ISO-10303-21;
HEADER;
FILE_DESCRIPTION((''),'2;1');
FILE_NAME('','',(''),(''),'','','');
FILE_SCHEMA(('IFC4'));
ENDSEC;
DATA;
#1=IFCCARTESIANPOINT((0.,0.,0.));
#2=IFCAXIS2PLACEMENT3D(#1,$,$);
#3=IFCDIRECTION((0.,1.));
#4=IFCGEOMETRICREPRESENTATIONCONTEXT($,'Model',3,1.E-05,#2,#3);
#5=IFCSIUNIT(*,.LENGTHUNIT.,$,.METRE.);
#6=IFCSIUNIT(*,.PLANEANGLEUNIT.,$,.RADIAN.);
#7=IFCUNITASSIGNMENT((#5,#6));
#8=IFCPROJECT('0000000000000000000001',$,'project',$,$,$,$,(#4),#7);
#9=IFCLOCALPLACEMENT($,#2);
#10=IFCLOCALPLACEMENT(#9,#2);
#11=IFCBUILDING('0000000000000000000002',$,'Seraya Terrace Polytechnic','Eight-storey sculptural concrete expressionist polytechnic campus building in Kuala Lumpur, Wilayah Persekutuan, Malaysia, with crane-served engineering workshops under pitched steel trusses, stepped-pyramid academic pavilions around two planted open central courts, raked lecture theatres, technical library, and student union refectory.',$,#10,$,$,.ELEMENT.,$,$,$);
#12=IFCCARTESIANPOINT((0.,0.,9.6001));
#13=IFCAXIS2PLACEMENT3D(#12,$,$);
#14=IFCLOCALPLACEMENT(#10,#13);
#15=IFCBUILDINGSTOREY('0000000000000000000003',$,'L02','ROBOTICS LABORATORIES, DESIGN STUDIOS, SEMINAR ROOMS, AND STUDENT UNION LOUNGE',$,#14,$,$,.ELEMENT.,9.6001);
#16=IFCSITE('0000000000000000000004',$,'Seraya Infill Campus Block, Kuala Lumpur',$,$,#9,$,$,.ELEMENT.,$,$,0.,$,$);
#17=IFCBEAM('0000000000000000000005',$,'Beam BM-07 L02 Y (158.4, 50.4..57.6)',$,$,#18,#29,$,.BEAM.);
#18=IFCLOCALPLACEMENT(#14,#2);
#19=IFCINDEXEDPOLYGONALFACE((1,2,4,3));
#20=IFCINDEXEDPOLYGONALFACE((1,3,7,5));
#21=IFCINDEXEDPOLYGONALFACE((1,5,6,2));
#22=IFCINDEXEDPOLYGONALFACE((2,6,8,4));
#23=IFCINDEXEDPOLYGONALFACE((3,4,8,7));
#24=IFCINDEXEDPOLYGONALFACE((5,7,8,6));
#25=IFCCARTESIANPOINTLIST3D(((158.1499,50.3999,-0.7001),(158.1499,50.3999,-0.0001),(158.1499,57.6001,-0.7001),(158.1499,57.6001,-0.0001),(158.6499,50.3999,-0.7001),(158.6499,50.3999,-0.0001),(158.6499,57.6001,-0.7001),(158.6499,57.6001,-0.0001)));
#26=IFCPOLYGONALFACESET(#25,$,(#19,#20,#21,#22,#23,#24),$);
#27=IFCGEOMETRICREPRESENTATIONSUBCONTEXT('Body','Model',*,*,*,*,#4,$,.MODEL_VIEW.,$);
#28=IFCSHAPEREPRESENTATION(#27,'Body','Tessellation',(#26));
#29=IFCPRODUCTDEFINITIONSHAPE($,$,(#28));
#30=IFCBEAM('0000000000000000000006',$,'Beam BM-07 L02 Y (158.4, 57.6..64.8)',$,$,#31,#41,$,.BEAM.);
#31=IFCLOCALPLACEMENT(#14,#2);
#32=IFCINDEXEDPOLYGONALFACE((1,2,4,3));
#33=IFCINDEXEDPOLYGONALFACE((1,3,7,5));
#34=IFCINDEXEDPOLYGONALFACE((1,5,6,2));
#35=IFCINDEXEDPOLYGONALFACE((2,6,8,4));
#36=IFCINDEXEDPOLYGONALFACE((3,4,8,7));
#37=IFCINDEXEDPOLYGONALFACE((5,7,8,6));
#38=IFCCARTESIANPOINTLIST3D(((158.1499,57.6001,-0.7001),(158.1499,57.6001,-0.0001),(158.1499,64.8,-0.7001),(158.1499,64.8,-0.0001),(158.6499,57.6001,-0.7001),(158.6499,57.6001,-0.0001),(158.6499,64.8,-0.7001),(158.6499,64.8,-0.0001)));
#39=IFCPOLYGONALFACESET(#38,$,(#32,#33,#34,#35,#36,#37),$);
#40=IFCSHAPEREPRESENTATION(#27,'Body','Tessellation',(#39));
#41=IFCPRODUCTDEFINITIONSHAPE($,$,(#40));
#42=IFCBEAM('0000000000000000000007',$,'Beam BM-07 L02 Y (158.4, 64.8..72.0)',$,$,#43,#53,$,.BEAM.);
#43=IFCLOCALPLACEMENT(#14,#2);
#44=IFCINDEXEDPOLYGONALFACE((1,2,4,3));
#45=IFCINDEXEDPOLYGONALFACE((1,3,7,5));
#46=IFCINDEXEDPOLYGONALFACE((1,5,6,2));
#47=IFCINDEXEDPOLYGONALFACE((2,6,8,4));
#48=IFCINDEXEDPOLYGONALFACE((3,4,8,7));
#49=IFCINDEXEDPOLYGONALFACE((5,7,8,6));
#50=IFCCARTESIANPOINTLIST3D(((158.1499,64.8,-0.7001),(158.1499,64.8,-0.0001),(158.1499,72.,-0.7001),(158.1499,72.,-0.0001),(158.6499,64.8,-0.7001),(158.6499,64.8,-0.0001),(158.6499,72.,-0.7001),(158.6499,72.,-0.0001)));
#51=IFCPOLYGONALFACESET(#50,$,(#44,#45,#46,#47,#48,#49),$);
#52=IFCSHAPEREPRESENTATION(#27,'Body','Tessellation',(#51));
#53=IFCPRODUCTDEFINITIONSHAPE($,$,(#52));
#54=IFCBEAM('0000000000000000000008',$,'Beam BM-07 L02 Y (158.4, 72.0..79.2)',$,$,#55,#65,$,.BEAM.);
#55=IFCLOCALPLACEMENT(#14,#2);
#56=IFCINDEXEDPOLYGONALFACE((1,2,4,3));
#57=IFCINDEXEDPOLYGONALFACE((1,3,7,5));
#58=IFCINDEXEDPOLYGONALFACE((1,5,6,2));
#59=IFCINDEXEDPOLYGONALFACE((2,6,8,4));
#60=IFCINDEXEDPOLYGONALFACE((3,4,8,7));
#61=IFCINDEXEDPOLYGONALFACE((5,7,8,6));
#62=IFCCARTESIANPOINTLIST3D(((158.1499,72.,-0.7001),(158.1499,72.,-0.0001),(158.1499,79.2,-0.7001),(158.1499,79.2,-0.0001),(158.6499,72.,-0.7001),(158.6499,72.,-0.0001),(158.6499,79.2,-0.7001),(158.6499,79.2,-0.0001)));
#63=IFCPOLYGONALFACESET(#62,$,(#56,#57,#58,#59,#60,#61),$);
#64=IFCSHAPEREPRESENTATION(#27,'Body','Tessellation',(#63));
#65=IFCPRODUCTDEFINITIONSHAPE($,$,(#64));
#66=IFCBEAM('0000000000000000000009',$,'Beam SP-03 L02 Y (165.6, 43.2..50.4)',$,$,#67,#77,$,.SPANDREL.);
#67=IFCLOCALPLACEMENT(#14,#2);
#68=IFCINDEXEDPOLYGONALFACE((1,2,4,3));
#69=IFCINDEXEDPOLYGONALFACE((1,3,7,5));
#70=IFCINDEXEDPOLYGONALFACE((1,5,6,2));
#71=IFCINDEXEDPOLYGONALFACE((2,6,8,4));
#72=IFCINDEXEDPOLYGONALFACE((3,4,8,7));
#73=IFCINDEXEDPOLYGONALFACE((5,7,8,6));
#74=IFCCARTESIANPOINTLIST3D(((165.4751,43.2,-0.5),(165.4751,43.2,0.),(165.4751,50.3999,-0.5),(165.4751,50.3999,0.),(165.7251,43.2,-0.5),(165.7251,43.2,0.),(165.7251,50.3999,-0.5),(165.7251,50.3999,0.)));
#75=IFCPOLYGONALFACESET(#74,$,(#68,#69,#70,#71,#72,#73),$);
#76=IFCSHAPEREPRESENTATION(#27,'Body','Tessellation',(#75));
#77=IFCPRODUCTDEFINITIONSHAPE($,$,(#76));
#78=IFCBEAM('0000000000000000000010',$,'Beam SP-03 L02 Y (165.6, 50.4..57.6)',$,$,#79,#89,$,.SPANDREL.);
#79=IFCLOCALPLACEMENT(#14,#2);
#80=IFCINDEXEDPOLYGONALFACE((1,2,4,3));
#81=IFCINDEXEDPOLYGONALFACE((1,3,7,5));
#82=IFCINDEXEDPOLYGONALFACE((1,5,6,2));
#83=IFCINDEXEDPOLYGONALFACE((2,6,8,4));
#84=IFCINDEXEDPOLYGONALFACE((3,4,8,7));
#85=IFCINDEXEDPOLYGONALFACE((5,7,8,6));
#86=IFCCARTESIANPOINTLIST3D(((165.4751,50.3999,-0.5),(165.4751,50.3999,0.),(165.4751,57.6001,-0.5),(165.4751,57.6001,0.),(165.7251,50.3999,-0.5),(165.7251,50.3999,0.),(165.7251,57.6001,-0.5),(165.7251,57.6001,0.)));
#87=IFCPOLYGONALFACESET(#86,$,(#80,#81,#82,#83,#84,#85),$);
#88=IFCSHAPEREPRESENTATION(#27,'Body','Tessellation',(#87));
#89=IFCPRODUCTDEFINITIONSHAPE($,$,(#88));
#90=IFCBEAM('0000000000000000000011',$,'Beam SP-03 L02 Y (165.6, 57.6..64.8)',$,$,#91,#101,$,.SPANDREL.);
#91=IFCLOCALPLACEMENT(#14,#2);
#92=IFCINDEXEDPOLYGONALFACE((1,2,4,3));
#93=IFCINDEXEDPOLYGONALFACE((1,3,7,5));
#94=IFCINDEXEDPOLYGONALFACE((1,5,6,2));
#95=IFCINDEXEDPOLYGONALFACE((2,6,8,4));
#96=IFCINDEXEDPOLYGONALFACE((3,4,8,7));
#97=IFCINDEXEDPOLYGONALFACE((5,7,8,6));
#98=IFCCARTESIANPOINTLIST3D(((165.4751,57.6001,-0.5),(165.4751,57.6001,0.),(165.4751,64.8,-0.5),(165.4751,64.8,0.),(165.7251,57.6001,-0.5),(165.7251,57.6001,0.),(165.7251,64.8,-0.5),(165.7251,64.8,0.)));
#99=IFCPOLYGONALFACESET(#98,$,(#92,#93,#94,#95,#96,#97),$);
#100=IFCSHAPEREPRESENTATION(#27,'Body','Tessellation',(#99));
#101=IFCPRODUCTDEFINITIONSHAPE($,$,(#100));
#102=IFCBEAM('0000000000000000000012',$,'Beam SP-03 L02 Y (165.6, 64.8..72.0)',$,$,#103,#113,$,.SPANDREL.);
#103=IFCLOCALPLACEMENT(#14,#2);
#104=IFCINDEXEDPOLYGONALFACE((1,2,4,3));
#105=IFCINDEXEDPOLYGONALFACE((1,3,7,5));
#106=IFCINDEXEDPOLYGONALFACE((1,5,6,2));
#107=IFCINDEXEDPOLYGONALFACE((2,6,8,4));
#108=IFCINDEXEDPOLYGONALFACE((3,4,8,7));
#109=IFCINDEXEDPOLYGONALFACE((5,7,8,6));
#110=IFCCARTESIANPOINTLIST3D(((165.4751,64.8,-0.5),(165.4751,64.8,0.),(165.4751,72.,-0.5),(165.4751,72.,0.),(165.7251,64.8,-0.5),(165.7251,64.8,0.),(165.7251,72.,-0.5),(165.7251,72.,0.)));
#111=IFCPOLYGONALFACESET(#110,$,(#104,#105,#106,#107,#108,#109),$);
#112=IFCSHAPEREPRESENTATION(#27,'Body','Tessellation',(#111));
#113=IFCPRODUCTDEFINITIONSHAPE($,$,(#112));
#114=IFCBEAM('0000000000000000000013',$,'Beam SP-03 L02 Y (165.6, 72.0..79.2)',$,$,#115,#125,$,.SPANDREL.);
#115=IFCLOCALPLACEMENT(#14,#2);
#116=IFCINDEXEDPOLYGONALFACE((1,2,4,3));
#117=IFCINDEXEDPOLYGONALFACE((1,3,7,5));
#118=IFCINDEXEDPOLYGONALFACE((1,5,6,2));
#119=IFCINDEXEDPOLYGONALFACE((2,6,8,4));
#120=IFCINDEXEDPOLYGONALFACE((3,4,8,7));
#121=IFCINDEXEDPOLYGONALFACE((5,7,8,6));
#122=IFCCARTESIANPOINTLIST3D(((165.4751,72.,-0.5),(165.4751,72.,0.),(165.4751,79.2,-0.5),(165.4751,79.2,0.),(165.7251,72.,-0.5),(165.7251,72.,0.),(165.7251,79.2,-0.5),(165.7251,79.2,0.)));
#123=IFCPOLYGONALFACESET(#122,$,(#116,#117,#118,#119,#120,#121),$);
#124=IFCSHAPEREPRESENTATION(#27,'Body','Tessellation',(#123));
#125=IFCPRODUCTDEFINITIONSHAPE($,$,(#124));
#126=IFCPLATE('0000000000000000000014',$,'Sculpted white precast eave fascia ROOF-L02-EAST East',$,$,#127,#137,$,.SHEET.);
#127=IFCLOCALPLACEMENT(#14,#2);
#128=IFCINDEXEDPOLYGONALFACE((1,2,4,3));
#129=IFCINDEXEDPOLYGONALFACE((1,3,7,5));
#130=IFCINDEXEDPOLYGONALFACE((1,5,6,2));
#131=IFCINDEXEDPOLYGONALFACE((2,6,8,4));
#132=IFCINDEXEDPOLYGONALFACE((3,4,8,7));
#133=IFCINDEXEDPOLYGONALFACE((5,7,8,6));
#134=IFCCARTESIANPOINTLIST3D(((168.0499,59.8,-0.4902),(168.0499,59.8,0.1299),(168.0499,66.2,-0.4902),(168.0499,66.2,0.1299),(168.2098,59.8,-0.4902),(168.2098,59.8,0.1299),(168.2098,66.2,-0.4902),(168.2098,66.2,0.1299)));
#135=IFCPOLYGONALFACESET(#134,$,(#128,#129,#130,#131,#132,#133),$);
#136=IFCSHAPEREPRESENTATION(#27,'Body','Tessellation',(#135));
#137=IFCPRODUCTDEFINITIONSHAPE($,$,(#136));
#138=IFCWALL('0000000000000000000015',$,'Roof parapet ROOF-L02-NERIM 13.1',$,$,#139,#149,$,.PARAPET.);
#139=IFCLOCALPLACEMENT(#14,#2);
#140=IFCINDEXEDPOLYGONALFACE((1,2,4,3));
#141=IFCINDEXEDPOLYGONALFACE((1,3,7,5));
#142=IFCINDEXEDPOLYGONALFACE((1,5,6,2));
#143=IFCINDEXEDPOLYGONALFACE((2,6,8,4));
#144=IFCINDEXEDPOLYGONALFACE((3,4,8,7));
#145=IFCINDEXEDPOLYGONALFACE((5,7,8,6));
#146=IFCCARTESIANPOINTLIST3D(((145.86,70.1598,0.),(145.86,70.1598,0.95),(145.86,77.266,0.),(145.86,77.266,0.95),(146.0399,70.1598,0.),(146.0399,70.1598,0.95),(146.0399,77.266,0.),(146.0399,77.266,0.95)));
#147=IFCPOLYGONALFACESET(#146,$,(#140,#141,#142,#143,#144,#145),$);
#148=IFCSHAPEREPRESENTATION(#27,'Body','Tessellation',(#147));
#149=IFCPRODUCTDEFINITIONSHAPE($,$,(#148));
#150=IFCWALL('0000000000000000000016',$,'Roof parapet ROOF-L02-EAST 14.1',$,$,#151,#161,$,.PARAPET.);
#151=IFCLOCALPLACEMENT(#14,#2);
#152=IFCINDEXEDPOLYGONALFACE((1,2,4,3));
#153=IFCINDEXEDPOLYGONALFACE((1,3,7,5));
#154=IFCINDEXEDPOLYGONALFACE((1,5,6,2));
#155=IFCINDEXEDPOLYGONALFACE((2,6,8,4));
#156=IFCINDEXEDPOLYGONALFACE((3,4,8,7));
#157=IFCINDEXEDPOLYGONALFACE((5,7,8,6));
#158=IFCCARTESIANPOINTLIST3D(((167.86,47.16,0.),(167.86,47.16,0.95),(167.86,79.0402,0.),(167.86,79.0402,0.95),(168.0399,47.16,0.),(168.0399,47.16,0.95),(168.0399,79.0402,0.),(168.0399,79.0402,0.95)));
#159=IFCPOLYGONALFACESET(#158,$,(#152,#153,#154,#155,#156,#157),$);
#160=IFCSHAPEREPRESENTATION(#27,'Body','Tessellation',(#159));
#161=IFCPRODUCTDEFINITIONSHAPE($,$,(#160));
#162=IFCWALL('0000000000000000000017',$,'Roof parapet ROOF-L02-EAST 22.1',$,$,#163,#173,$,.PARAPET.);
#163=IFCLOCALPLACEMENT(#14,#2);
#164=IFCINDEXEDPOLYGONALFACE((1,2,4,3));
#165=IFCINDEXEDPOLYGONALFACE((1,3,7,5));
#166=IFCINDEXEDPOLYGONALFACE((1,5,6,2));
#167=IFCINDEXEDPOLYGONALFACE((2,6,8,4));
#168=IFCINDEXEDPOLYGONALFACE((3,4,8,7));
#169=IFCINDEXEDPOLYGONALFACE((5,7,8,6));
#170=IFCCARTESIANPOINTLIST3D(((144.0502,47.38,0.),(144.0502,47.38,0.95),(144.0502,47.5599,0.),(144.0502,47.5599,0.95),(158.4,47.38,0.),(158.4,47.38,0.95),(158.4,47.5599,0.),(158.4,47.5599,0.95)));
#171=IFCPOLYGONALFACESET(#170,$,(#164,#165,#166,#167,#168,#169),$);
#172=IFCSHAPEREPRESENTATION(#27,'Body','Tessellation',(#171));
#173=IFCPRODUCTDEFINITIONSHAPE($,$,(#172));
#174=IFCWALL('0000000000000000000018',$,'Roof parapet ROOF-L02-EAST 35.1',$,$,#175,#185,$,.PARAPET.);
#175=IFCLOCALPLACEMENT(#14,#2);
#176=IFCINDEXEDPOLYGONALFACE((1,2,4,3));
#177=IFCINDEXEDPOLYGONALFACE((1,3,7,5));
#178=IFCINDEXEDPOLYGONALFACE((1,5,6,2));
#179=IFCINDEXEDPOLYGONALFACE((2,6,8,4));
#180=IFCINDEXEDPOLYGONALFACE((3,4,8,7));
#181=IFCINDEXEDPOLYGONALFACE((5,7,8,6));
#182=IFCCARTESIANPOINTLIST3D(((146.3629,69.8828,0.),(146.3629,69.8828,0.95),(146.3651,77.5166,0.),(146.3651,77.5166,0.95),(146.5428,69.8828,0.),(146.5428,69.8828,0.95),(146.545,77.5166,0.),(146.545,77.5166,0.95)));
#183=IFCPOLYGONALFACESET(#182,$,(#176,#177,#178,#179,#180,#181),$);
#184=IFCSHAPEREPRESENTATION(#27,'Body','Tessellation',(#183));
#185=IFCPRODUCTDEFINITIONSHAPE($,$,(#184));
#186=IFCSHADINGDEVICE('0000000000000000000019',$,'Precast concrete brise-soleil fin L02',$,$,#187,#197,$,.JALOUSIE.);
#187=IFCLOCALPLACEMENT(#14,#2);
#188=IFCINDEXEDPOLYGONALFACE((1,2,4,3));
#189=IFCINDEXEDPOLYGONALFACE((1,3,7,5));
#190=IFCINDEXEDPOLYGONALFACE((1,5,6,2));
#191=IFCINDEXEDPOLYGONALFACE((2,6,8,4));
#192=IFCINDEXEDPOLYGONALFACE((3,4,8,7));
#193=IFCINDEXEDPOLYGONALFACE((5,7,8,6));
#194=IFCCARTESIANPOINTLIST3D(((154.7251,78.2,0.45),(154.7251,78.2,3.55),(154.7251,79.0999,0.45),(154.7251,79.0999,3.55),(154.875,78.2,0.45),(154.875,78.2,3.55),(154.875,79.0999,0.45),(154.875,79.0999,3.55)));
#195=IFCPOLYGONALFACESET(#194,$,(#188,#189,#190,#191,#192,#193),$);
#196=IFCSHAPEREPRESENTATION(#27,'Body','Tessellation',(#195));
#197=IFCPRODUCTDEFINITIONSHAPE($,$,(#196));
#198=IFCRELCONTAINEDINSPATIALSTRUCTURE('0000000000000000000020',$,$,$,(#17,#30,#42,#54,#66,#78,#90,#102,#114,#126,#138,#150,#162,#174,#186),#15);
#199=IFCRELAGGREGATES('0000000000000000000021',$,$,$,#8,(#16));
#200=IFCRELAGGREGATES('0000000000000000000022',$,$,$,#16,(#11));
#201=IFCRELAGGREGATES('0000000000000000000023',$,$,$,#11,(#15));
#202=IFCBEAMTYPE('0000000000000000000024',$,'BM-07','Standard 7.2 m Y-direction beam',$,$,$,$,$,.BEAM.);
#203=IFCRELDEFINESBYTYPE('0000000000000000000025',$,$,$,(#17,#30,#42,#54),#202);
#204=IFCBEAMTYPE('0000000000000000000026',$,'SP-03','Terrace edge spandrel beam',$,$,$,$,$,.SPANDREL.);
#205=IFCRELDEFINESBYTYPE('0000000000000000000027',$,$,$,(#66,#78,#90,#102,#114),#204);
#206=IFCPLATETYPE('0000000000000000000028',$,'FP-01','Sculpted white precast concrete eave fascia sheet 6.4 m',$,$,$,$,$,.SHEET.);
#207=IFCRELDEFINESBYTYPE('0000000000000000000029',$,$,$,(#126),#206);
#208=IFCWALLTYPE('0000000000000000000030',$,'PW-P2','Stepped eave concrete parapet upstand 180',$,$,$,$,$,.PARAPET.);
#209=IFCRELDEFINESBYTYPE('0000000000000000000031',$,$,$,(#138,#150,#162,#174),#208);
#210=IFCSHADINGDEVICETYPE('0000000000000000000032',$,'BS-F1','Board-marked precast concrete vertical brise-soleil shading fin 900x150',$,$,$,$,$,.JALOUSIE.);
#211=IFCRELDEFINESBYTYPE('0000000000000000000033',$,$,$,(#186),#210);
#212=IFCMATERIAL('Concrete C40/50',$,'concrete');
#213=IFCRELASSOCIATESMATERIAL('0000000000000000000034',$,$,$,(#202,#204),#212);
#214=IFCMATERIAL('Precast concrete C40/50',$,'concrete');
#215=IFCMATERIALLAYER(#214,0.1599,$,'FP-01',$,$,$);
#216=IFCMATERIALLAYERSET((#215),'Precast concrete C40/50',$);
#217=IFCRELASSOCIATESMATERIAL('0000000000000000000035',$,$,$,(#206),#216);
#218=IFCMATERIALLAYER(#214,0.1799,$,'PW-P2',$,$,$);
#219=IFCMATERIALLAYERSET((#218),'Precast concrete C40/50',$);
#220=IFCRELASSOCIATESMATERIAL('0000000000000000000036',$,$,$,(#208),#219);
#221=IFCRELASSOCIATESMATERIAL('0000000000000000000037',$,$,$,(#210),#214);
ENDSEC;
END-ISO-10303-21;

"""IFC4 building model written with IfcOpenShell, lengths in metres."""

from ifc_helpers import new_model, si_unit, direction, frame, frame_2d, origin, origin_2d, place, context, subcontext, project, spatial, rectangle, extrude, material, layer, layer_set, material_profile, profile_set, type_object, element, save


model = new_model("IFC4")

# Units and contexts
model_context = context("Model", 3, precision=1e-05, world=origin(), true_north=direction((0.0, 1.0)))
body_context = subcontext(model_context, "Body", "Model", "MODEL_VIEW")
ifc_project = project(units=[si_unit("LENGTHUNIT", "METRE"), si_unit("PLANEANGLEUNIT", "RADIAN")], contexts=[model_context])

# Site, building, storey
site_placement = place(None, origin())
site = spatial("IfcSite", under=ifc_project, at=site_placement, Name="Seraya Infill Campus Block, Kuala Lumpur", CompositionType="ELEMENT", RefElevation=0.0)
building_placement = place(site_placement, origin())
building = spatial("IfcBuilding", under=site, at=building_placement, Name="Seraya Terrace Polytechnic", Description="Eight-storey sculptural concrete expressionist polytechnic campus building in Kuala Lumpur, Wilayah Persekutuan, Malaysia, with crane-served engineering workshops under pitched steel trusses, stepped-pyramid academic pavilions around two planted open central courts, raked lecture theatres, technical library, and student union refectory.", CompositionType="ELEMENT")
storey_placement = place(building_placement, frame((0.0, 0.0, 9.6001)))
storey = spatial("IfcBuildingStorey", under=building, at=storey_placement, Name="L02", Description="ROBOTICS LABORATORIES, DESIGN STUDIOS, SEMINAR ROOMS, AND STUDENT UNION LOUNGE", CompositionType="ELEMENT", Elevation=9.6001)

# Beams
ifc_material_1 = material(Name="Concrete C40/50", Category="concrete")
ifc_material_profile_1 = material_profile(ifc_material_1, rectangle(XDim=0.5, YDim=0.7, at=origin_2d()), Name="RC 500x700")
ifc_profile_set_1 = profile_set([ifc_material_profile_1], Name="Concrete C40/50")
beam_type_1 = type_object("IfcBeamType", Name="BM-07", Description="Standard 7.2 m Y-direction beam", PredefinedType="BEAM", material=ifc_profile_set_1)
beam_1_placement = place(storey_placement, frame((158.3999, 50.3999, -0.3501), z_axis=(0.0, 1.0, 0.0), x_axis=(-1.0, 0.0, 0.0)))
element("IfcBeam", 1, at=beam_1_placement, inside=storey, type_object=beam_type_1, Name="Beam BM-07 L02 Y (158.4, 50.4..57.6)", PredefinedType="BEAM", context=body_context, shape_type="SweptSolid", body=[
    extrude(rectangle(XDim=0.5, YDim=0.7, at=origin_2d()), origin(), (0.0, 0.0, 1.0), 7.2002),
])
for number, where, z_axis, x_axis, name in (
    (2, (158.3999, 57.6001, -0.3501), (0.0, 1.0, 0.0), (-1.0, 0.0, 0.0), "Beam BM-07 L02 Y (158.4, 57.6..64.8)"),
    (3, (158.3999, 64.8, -0.3501), (0.0, 1.0, 0.0), (-1.0, 0.0, 0.0), "Beam BM-07 L02 Y (158.4, 64.8..72.0)"),
    (4, (158.3999, 72.0, -0.3501), (0.0, 1.0, 0.0), (-1.0, 0.0, 0.0), "Beam BM-07 L02 Y (158.4, 72.0..79.2)"),
):
    element("IfcBeam", number, at=place(storey_placement, frame(where, z_axis=z_axis, x_axis=x_axis)), inside=storey, type_object=beam_type_1, Name=name, PredefinedType="BEAM", context=body_context, shape_type="SweptSolid", body=[
        extrude(rectangle(XDim=0.5, YDim=0.7, at=origin_2d()), origin(), (0.0, 0.0, 1.0), 7.2),
    ])
ifc_material_profile_2 = material_profile(ifc_material_1, rectangle(XDim=0.25, YDim=0.5, at=origin_2d()), Name="RC 250x500")
ifc_profile_set_2 = profile_set([ifc_material_profile_2], Name="Concrete C40/50")
beam_type_2 = type_object("IfcBeamType", Name="SP-03", Description="Terrace edge spandrel beam", PredefinedType="SPANDREL", material=ifc_profile_set_2)
beam_2_placement = place(storey_placement, frame((165.6001, 43.2, -0.25), z_axis=(0.0, 1.0, 0.0), x_axis=(-1.0, 0.0, 0.0)))
element("IfcBeam", 5, at=beam_2_placement, inside=storey, type_object=beam_type_2, Name="Beam SP-03 L02 Y (165.6, 43.2..50.4)", PredefinedType="SPANDREL", context=body_context, shape_type="SweptSolid", body=[
    extrude(rectangle(XDim=0.25, YDim=0.5, at=origin_2d()), origin(), (0.0, 0.0, 1.0), 7.2),
])
beam_3_placement = place(storey_placement, frame((165.6001, 50.3999, -0.25), z_axis=(0.0, 1.0, 0.0), x_axis=(-1.0, 0.0, 0.0)))
element("IfcBeam", 6, at=beam_3_placement, inside=storey, type_object=beam_type_2, Name="Beam SP-03 L02 Y (165.6, 50.4..57.6)", PredefinedType="SPANDREL", context=body_context, shape_type="SweptSolid", body=[
    extrude(rectangle(XDim=0.25, YDim=0.5, at=origin_2d()), origin(), (0.0, 0.0, 1.0), 7.2002),
])
for number, where, z_axis, x_axis, name in (
    (7, (165.6001, 57.6001, -0.25), (0.0, 1.0, 0.0), (-1.0, 0.0, 0.0), "Beam SP-03 L02 Y (165.6, 57.6..64.8)"),
    (8, (165.6001, 64.8, -0.25), (0.0, 1.0, 0.0), (-1.0, 0.0, 0.0), "Beam SP-03 L02 Y (165.6, 64.8..72.0)"),
    (9, (165.6001, 72.0, -0.25), (0.0, 1.0, 0.0), (-1.0, 0.0, 0.0), "Beam SP-03 L02 Y (165.6, 72.0..79.2)"),
):
    element("IfcBeam", number, at=place(storey_placement, frame(where, z_axis=z_axis, x_axis=x_axis)), inside=storey, type_object=beam_type_2, Name=name, PredefinedType="SPANDREL", context=body_context, shape_type="SweptSolid", body=[
        extrude(rectangle(XDim=0.25, YDim=0.5, at=origin_2d()), origin(), (0.0, 0.0, 1.0), 7.2),
    ])

# Plate
ifc_material_2 = material(Name="Precast concrete C40/50", Category="concrete")
ifc_layer_1 = layer(ifc_material_2, 0.1599, Name="FP-01")
ifc_layer_set_1 = layer_set([ifc_layer_1], Name="Precast concrete C40/50")
plate_type = type_object("IfcPlateType", Name="FP-01", Description="Sculpted white precast concrete eave fascia sheet 6.4 m", PredefinedType="SHEET", material=ifc_layer_set_1)
plate_placement = place(storey_placement, frame((168.1299, 63.0, -0.4902), z_axis=(0.0, 0.0, 1.0), x_axis=(0.0, 1.0, 0.0)))
element("IfcPlate", 10, at=plate_placement, inside=storey, type_object=plate_type, Name="Sculpted white precast eave fascia ROOF-L02-EAST East", PredefinedType="SHEET", context=body_context, shape_type="SweptSolid", body=[
    extrude(rectangle(XDim=6.3999, YDim=0.1599, at=origin_2d()), origin(), (0.0, 0.0, 1.0), 0.6201),
])

# Walls
ifc_layer_2 = layer(ifc_material_2, 0.1799, Name="PW-P2")
ifc_layer_set_2 = layer_set([ifc_layer_2], Name="Precast concrete C40/50")
wall_type = type_object("IfcWallType", Name="PW-P2", Description="Stepped eave concrete parapet upstand 180", PredefinedType="PARAPET", material=ifc_layer_set_2)
wall_1_placement = place(storey_placement, frame((145.95, 77.2661, 0.0), z_axis=(0.0, 0.0, 1.0), x_axis=(0.0, -1.0, 0.0)))
element("IfcWall", 11, at=wall_1_placement, inside=storey, type_object=wall_type, Name="Roof parapet ROOF-L02-NERIM 13.1", PredefinedType="PARAPET", context=body_context, shape_type="SweptSolid", body=[
    extrude(rectangle(XDim=7.1062, YDim=0.1799, at=frame_2d((3.5532, 0.0))), origin(), (0.0, 0.0, 1.0), 0.95),
])
wall_2_placement = place(storey_placement, frame((167.95, 79.04, 0.0), z_axis=(0.0, 0.0, 1.0), x_axis=(0.0, -1.0, 0.0)))
element("IfcWall", 12, at=wall_2_placement, inside=storey, type_object=wall_type, Name="Roof parapet ROOF-L02-EAST 14.1", PredefinedType="PARAPET", context=body_context, shape_type="SweptSolid", body=[
    extrude(rectangle(XDim=31.8801, YDim=0.1799, at=frame_2d((15.9399, 0.0))), origin(), (0.0, 0.0, 1.0), 0.95),
])
wall_3_placement = place(storey_placement, frame((158.3999, 47.47, 0.0), z_axis=(0.0, 0.0, 1.0), x_axis=(-1.0, 0.0, 0.0)))
element("IfcWall", 13, at=wall_3_placement, inside=storey, type_object=wall_type, Name="Roof parapet ROOF-L02-EAST 22.1", PredefinedType="PARAPET", context=body_context, shape_type="SweptSolid", body=[
    extrude(rectangle(XDim=14.3499, YDim=0.1799, at=frame_2d((7.1748, 0.0))), origin(), (0.0, 0.0, 1.0), 0.95),
])
wall_4_placement = place(storey_placement, frame((146.4529, 69.8828, 0.0), z_axis=(0.0, 0.0, 1.0), x_axis=(0.000288, 1.0, 0.0)))
element("IfcWall", 14, at=wall_4_placement, inside=storey, type_object=wall_type, Name="Roof parapet ROOF-L02-EAST 35.1", PredefinedType="PARAPET", context=body_context, shape_type="SweptSolid", body=[
    extrude(rectangle(XDim=7.6338, YDim=0.1799, at=frame_2d((3.8169, 0.0))), origin(), (0.0, 0.0, 1.0), 0.95),
])

# Shading device
shading_device_type = type_object("IfcShadingDeviceType", Name="BS-F1", Description="Board-marked precast concrete vertical brise-soleil shading fin 900x150", PredefinedType="JALOUSIE", material=ifc_material_2)
shading_device_placement = place(storey_placement, frame((154.8, 78.6499, 0.45), z_axis=(0.0, 0.0, 1.0), x_axis=(0.0, -1.0, 0.0)))
element("IfcShadingDevice", 15, at=shading_device_placement, inside=storey, type_object=shading_device_type, Name="Precast concrete brise-soleil fin L02", PredefinedType="JALOUSIE", context=body_context, shape_type="SweptSolid", body=[
    extrude(rectangle(XDim=0.8999, YDim=0.1499, at=origin_2d()), origin(), (0.0, 0.0, 1.0), 3.1001),
])

save(model, "model.ifc")
